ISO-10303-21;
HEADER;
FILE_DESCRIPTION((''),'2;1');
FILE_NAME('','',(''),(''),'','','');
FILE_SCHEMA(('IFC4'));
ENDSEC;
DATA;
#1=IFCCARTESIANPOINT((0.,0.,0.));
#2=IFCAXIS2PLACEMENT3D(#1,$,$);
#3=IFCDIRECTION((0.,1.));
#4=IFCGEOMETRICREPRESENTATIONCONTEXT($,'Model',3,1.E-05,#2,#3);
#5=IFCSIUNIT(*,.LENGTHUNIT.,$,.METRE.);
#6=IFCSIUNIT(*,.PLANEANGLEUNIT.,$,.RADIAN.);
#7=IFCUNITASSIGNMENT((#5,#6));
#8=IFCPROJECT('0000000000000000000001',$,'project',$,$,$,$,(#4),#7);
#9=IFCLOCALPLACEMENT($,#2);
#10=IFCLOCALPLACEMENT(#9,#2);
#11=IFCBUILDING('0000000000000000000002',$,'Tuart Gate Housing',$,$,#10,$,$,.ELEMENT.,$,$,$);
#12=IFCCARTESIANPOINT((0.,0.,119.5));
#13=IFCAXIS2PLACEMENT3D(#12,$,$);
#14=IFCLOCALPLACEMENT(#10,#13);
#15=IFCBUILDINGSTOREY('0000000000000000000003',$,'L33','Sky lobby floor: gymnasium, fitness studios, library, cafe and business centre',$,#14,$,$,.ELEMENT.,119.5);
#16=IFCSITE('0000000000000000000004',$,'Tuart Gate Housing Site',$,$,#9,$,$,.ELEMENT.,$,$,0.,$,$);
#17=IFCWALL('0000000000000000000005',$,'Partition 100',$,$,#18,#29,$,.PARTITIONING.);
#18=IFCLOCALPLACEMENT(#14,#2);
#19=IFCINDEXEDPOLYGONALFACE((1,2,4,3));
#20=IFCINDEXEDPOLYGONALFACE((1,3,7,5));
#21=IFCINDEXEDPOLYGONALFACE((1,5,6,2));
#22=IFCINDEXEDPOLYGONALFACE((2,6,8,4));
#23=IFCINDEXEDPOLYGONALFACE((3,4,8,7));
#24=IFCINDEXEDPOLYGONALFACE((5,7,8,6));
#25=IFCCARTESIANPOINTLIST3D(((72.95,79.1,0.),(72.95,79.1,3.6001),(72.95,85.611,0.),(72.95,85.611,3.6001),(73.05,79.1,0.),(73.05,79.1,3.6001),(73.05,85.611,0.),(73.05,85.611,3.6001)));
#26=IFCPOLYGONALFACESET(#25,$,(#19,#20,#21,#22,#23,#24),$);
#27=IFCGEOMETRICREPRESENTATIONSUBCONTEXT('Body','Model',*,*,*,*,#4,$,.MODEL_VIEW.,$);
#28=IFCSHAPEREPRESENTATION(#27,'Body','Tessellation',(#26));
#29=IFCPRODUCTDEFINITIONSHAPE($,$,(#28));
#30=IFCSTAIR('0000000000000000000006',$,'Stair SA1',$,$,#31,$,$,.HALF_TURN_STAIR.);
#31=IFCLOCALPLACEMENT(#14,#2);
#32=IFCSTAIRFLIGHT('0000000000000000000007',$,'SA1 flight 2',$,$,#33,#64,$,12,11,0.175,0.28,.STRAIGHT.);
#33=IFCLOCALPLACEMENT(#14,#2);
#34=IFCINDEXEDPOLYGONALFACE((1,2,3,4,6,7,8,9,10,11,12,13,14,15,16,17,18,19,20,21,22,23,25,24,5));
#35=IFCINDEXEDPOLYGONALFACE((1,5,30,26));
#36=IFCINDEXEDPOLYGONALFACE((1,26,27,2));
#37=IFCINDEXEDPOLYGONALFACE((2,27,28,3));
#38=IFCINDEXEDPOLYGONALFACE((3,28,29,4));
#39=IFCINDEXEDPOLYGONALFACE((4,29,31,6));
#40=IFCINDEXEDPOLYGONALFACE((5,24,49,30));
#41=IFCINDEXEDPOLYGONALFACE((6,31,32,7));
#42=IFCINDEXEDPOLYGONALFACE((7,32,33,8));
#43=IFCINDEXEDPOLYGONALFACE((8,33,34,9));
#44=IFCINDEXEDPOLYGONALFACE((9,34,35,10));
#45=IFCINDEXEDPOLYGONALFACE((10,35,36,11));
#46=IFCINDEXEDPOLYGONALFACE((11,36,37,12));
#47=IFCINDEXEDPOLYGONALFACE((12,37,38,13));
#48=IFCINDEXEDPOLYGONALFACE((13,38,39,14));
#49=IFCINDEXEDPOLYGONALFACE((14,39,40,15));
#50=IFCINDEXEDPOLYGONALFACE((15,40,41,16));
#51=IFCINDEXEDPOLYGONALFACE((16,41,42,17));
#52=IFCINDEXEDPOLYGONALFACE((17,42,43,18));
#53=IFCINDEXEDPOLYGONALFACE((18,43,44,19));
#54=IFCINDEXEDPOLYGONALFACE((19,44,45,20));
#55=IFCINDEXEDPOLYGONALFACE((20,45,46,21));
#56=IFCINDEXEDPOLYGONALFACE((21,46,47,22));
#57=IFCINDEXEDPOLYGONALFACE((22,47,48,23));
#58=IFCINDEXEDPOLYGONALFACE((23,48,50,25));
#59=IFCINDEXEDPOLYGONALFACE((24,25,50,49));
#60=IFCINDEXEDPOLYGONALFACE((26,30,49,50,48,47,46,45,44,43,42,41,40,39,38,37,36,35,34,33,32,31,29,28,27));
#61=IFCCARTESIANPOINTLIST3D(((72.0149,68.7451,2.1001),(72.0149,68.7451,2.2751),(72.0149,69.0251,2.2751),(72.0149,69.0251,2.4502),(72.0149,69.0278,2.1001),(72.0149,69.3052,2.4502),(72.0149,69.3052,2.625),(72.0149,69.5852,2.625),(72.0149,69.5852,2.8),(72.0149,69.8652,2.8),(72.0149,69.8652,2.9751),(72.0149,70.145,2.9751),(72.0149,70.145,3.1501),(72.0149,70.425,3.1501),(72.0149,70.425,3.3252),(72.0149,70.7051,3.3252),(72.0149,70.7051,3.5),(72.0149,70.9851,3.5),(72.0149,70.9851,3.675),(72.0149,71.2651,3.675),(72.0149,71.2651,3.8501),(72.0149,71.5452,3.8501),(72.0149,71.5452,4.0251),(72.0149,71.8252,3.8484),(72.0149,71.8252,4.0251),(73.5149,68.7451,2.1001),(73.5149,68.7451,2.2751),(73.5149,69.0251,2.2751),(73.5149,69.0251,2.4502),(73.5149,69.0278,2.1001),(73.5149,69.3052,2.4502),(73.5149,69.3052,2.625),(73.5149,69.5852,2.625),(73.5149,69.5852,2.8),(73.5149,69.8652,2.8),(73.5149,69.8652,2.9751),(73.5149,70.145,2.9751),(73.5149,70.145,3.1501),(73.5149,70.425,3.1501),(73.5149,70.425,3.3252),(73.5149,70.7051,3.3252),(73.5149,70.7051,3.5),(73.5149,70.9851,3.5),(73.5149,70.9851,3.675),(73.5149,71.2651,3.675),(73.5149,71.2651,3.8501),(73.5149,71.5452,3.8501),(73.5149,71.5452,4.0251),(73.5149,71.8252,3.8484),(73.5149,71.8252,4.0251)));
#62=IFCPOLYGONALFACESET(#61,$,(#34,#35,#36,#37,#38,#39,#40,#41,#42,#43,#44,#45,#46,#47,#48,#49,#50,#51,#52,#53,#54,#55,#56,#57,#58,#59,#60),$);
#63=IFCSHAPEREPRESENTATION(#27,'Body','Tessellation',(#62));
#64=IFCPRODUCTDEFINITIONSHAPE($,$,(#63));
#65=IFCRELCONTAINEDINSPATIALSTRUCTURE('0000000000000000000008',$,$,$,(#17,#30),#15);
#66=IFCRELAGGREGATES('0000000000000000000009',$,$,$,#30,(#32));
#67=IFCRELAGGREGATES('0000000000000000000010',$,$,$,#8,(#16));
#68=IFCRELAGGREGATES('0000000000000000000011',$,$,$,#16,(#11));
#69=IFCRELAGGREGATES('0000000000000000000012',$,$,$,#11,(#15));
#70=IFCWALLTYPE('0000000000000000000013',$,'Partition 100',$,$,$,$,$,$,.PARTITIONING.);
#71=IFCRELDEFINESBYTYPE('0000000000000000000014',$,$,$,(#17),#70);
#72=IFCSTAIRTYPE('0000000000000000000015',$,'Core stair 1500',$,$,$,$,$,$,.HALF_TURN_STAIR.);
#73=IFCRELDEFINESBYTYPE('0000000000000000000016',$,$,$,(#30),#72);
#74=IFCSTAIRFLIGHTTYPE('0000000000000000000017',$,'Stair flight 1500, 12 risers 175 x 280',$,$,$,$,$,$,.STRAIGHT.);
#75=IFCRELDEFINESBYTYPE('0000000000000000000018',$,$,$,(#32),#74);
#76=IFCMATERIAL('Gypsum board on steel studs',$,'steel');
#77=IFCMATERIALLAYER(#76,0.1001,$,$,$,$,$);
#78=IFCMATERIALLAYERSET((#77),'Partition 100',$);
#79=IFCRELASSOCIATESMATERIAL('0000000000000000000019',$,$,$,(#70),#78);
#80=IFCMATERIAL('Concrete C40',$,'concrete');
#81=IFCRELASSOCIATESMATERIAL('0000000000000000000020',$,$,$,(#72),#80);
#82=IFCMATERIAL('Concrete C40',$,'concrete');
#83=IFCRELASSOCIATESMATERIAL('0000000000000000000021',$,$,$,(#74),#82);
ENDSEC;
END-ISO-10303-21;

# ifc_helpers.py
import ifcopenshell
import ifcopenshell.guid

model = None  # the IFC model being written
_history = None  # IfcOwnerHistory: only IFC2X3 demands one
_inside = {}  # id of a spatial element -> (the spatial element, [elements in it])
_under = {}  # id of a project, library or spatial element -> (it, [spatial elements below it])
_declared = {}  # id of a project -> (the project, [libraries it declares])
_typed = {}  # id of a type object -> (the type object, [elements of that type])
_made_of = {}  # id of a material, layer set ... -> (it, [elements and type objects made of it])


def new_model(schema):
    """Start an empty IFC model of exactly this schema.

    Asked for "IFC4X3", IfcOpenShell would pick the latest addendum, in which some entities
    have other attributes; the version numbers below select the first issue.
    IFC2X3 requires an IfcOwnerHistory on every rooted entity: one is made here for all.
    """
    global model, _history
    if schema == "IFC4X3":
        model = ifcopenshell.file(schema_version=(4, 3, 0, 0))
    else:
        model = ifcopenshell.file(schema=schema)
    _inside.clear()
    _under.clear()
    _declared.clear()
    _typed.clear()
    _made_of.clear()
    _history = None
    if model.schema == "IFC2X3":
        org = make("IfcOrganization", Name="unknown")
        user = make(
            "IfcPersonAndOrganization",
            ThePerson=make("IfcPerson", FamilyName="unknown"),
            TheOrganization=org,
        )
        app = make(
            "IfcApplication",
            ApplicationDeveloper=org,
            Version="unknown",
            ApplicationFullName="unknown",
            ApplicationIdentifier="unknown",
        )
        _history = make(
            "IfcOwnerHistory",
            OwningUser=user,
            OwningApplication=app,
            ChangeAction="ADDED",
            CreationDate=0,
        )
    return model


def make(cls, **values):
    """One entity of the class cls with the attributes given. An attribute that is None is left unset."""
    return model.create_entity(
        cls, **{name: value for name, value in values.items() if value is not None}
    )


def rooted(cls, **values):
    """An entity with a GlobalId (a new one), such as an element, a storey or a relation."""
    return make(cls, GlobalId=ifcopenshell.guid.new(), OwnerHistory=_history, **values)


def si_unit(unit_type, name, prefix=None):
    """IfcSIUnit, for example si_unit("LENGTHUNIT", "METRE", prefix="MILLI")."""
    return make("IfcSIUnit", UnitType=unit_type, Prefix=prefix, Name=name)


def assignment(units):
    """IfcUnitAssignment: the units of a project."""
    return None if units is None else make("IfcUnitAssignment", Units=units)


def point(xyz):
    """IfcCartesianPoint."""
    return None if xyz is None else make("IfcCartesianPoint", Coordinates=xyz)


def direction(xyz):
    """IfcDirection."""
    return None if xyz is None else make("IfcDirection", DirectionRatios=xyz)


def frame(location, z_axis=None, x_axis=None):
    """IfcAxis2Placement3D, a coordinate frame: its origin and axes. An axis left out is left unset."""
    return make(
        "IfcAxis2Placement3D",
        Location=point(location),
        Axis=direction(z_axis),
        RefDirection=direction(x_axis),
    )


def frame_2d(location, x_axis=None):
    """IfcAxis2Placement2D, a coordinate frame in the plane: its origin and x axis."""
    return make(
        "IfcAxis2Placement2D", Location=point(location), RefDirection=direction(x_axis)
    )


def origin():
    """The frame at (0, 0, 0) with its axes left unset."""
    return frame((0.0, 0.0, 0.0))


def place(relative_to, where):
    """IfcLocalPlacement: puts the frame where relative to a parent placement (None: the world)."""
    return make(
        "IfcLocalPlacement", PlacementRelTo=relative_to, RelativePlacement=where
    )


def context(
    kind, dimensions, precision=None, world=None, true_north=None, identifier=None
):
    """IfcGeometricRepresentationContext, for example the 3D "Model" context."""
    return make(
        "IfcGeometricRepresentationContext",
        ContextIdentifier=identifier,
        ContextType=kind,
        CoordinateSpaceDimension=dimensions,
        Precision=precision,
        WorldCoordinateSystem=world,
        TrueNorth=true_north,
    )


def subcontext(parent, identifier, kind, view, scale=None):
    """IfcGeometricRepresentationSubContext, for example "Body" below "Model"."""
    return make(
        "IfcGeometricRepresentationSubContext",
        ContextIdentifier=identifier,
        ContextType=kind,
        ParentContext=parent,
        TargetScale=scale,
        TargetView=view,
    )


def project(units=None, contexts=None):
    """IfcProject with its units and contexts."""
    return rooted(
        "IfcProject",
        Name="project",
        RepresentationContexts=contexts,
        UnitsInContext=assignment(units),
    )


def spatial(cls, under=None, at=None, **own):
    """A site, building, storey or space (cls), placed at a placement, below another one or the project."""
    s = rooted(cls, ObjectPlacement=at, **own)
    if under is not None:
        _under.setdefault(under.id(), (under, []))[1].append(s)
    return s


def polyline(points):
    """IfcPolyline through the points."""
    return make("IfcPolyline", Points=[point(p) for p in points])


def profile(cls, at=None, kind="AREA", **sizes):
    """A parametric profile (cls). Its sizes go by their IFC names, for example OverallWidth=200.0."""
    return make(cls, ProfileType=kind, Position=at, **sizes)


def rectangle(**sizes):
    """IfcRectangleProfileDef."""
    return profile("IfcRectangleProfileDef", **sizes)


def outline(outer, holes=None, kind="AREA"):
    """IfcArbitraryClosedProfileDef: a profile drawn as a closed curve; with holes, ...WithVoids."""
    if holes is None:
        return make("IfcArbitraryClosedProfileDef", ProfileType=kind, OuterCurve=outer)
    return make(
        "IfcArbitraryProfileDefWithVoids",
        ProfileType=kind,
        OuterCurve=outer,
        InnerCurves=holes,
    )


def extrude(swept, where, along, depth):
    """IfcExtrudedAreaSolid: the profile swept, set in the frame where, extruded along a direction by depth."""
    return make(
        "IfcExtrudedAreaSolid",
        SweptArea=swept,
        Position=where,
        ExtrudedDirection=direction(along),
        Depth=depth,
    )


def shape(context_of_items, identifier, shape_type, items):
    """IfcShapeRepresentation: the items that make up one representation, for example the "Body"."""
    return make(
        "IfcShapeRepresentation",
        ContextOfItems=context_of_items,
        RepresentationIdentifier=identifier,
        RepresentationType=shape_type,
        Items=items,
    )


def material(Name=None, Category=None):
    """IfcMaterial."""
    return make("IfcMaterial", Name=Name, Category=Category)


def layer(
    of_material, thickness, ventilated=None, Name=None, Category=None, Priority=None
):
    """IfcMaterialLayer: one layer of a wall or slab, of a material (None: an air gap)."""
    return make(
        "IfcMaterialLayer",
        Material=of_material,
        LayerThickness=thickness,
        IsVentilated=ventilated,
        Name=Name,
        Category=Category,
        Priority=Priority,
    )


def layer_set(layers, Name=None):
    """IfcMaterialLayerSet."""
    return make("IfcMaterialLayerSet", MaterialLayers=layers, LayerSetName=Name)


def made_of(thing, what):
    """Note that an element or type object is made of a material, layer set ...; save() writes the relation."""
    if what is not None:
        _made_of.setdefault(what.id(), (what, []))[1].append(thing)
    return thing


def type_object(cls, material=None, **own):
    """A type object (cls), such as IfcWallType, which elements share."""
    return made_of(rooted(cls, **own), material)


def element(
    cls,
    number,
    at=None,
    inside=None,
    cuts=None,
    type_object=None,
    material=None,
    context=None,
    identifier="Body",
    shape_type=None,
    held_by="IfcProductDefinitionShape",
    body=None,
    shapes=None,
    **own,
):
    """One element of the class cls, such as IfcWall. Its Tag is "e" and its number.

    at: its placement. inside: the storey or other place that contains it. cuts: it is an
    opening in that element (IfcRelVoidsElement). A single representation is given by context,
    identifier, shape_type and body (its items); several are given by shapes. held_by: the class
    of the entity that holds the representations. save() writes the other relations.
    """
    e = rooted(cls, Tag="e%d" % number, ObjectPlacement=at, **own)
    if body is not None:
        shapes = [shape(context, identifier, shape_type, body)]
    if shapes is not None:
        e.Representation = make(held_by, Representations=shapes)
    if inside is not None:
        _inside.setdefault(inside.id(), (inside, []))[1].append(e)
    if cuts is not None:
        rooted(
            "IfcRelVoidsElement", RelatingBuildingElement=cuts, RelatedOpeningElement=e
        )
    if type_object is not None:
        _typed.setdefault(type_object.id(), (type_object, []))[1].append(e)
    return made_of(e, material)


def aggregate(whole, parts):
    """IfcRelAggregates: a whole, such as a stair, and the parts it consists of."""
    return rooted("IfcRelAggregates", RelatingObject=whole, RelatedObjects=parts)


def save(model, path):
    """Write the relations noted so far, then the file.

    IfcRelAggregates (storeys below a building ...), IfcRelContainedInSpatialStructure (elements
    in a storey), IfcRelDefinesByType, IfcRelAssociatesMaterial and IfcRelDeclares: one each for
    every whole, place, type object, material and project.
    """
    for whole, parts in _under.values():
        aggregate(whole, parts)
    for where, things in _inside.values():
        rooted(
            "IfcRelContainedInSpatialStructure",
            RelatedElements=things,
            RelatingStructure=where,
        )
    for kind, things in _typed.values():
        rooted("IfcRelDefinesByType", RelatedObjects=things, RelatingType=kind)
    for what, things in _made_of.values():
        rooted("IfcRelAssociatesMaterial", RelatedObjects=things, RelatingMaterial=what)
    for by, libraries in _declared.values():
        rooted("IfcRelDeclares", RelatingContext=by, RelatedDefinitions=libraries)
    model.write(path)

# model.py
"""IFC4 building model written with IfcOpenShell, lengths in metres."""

from ifc_helpers import new_model, si_unit, direction, frame, frame_2d, origin, place, context, subcontext, project, spatial, polyline, rectangle, outline, extrude, material, layer, layer_set, type_object, element, aggregate, save


model = new_model("IFC4")

# Units and contexts
model_context = context("Model", 3, precision=1e-05, world=origin(), true_north=direction((0.0, 1.0)))
body_context = subcontext(model_context, "Body", "Model", "MODEL_VIEW")
ifc_project = project(units=[si_unit("LENGTHUNIT", "METRE"), si_unit("PLANEANGLEUNIT", "RADIAN")], contexts=[model_context])

# Site, building, storey
site_placement = place(None, origin())
site = spatial("IfcSite", under=ifc_project, at=site_placement, Name="Tuart Gate Housing Site", CompositionType="ELEMENT", RefElevation=0.0)
building_placement = place(site_placement, origin())
building = spatial("IfcBuilding", under=site, at=building_placement, Name="Tuart Gate Housing", CompositionType="ELEMENT")
storey_placement = place(building_placement, frame((0.0, 0.0, 119.5)))
storey = spatial("IfcBuildingStorey", under=building, at=storey_placement, Name="L33", Description="Sky lobby floor: gymnasium, fitness studios, library, cafe and business centre", CompositionType="ELEMENT", Elevation=119.5)

# Wall
ifc_material_1 = material(Name="Gypsum board on steel studs", Category="steel")
ifc_layer_1 = layer(ifc_material_1, 0.1001)
ifc_layer_set_1 = layer_set([ifc_layer_1], Name="Partition 100")
wall_type_1 = type_object("IfcWallType", Name="Partition 100", PredefinedType="PARTITIONING", material=ifc_layer_set_1)
wall_1_placement = place(storey_placement, frame((73.0, 79.1001, 0.0), z_axis=(0.0, 0.0, 1.0), x_axis=(0.0, 1.0, 0.0)))
element("IfcWall", 1, at=wall_1_placement, inside=storey, type_object=wall_type_1, Name="Partition 100", PredefinedType="PARTITIONING", context=body_context, shape_type="SweptSolid", body=[
    extrude(rectangle(XDim=6.511, YDim=0.1001, at=frame_2d((3.2554, 0.0))), origin(), (0.0, 0.0, 1.0), 3.6001),
])

# Stair, stair flight
ifc_material_2 = material(Name="Concrete C40", Category="concrete")
stair_type = type_object("IfcStairType", Name="Core stair 1500", PredefinedType="HALF_TURN_STAIR", material=ifc_material_2)
stair_placement = place(storey_placement, origin())
stair = element("IfcStair", 2, at=stair_placement, inside=storey, type_object=stair_type, Name="Stair SA1", PredefinedType="HALF_TURN_STAIR")
ifc_material_3 = material(Name="Concrete C40", Category="concrete")
stair_flight_type = type_object("IfcStairFlightType", Name="Stair flight 1500, 12 risers 175 x 280", PredefinedType="STRAIGHT", material=ifc_material_3)
stair_flight_placement = place(storey_placement, frame((72.7649, 68.7451, 2.1001), z_axis=(0.0, 0.0, 1.0), x_axis=(0.0, 1.0, 0.0)))
stair_flight = element("IfcStairFlight", 3, at=stair_flight_placement, type_object=stair_flight_type, Name="SA1 flight 2", NumberOfRisers=12, NumberOfTreads=11, PredefinedType="STRAIGHT", RiserHeight=0.175, TreadLength=0.28, context=body_context, shape_type="SweptSolid", body=[
    extrude(outline(polyline([(0.0, 0.0), (0.0, 0.175), (0.28, 0.175), (0.28, 0.3501), (0.5601, 0.3501), (0.5601, 0.5249), (0.8401, 0.5249), (0.8401, 0.7), (1.1201, 0.7), (1.1201, 0.875), (1.3999, 0.875), (1.3999, 1.05), (1.6799, 1.05), (1.6799, 1.2251), (1.96, 1.2251), (1.96, 1.3999), (2.24, 1.3999), (2.24, 1.575), (2.52, 1.575), (2.52, 1.75), (2.8, 1.75), (2.8, 1.925), (3.0801, 1.925), (3.0801, 2.1001), (3.0801, 1.7483), (0.2827, 0.0), (0.0, 0.0)])), frame((0.0, 0.75, 0.0), z_axis=(0.0, -1.0, 0.0), x_axis=(1.0, 0.0, 0.0)), (0.0, 0.0, 1.0), 1.5),
])
aggregate(stair, [stair_flight])

save(model, "model.ifc")
